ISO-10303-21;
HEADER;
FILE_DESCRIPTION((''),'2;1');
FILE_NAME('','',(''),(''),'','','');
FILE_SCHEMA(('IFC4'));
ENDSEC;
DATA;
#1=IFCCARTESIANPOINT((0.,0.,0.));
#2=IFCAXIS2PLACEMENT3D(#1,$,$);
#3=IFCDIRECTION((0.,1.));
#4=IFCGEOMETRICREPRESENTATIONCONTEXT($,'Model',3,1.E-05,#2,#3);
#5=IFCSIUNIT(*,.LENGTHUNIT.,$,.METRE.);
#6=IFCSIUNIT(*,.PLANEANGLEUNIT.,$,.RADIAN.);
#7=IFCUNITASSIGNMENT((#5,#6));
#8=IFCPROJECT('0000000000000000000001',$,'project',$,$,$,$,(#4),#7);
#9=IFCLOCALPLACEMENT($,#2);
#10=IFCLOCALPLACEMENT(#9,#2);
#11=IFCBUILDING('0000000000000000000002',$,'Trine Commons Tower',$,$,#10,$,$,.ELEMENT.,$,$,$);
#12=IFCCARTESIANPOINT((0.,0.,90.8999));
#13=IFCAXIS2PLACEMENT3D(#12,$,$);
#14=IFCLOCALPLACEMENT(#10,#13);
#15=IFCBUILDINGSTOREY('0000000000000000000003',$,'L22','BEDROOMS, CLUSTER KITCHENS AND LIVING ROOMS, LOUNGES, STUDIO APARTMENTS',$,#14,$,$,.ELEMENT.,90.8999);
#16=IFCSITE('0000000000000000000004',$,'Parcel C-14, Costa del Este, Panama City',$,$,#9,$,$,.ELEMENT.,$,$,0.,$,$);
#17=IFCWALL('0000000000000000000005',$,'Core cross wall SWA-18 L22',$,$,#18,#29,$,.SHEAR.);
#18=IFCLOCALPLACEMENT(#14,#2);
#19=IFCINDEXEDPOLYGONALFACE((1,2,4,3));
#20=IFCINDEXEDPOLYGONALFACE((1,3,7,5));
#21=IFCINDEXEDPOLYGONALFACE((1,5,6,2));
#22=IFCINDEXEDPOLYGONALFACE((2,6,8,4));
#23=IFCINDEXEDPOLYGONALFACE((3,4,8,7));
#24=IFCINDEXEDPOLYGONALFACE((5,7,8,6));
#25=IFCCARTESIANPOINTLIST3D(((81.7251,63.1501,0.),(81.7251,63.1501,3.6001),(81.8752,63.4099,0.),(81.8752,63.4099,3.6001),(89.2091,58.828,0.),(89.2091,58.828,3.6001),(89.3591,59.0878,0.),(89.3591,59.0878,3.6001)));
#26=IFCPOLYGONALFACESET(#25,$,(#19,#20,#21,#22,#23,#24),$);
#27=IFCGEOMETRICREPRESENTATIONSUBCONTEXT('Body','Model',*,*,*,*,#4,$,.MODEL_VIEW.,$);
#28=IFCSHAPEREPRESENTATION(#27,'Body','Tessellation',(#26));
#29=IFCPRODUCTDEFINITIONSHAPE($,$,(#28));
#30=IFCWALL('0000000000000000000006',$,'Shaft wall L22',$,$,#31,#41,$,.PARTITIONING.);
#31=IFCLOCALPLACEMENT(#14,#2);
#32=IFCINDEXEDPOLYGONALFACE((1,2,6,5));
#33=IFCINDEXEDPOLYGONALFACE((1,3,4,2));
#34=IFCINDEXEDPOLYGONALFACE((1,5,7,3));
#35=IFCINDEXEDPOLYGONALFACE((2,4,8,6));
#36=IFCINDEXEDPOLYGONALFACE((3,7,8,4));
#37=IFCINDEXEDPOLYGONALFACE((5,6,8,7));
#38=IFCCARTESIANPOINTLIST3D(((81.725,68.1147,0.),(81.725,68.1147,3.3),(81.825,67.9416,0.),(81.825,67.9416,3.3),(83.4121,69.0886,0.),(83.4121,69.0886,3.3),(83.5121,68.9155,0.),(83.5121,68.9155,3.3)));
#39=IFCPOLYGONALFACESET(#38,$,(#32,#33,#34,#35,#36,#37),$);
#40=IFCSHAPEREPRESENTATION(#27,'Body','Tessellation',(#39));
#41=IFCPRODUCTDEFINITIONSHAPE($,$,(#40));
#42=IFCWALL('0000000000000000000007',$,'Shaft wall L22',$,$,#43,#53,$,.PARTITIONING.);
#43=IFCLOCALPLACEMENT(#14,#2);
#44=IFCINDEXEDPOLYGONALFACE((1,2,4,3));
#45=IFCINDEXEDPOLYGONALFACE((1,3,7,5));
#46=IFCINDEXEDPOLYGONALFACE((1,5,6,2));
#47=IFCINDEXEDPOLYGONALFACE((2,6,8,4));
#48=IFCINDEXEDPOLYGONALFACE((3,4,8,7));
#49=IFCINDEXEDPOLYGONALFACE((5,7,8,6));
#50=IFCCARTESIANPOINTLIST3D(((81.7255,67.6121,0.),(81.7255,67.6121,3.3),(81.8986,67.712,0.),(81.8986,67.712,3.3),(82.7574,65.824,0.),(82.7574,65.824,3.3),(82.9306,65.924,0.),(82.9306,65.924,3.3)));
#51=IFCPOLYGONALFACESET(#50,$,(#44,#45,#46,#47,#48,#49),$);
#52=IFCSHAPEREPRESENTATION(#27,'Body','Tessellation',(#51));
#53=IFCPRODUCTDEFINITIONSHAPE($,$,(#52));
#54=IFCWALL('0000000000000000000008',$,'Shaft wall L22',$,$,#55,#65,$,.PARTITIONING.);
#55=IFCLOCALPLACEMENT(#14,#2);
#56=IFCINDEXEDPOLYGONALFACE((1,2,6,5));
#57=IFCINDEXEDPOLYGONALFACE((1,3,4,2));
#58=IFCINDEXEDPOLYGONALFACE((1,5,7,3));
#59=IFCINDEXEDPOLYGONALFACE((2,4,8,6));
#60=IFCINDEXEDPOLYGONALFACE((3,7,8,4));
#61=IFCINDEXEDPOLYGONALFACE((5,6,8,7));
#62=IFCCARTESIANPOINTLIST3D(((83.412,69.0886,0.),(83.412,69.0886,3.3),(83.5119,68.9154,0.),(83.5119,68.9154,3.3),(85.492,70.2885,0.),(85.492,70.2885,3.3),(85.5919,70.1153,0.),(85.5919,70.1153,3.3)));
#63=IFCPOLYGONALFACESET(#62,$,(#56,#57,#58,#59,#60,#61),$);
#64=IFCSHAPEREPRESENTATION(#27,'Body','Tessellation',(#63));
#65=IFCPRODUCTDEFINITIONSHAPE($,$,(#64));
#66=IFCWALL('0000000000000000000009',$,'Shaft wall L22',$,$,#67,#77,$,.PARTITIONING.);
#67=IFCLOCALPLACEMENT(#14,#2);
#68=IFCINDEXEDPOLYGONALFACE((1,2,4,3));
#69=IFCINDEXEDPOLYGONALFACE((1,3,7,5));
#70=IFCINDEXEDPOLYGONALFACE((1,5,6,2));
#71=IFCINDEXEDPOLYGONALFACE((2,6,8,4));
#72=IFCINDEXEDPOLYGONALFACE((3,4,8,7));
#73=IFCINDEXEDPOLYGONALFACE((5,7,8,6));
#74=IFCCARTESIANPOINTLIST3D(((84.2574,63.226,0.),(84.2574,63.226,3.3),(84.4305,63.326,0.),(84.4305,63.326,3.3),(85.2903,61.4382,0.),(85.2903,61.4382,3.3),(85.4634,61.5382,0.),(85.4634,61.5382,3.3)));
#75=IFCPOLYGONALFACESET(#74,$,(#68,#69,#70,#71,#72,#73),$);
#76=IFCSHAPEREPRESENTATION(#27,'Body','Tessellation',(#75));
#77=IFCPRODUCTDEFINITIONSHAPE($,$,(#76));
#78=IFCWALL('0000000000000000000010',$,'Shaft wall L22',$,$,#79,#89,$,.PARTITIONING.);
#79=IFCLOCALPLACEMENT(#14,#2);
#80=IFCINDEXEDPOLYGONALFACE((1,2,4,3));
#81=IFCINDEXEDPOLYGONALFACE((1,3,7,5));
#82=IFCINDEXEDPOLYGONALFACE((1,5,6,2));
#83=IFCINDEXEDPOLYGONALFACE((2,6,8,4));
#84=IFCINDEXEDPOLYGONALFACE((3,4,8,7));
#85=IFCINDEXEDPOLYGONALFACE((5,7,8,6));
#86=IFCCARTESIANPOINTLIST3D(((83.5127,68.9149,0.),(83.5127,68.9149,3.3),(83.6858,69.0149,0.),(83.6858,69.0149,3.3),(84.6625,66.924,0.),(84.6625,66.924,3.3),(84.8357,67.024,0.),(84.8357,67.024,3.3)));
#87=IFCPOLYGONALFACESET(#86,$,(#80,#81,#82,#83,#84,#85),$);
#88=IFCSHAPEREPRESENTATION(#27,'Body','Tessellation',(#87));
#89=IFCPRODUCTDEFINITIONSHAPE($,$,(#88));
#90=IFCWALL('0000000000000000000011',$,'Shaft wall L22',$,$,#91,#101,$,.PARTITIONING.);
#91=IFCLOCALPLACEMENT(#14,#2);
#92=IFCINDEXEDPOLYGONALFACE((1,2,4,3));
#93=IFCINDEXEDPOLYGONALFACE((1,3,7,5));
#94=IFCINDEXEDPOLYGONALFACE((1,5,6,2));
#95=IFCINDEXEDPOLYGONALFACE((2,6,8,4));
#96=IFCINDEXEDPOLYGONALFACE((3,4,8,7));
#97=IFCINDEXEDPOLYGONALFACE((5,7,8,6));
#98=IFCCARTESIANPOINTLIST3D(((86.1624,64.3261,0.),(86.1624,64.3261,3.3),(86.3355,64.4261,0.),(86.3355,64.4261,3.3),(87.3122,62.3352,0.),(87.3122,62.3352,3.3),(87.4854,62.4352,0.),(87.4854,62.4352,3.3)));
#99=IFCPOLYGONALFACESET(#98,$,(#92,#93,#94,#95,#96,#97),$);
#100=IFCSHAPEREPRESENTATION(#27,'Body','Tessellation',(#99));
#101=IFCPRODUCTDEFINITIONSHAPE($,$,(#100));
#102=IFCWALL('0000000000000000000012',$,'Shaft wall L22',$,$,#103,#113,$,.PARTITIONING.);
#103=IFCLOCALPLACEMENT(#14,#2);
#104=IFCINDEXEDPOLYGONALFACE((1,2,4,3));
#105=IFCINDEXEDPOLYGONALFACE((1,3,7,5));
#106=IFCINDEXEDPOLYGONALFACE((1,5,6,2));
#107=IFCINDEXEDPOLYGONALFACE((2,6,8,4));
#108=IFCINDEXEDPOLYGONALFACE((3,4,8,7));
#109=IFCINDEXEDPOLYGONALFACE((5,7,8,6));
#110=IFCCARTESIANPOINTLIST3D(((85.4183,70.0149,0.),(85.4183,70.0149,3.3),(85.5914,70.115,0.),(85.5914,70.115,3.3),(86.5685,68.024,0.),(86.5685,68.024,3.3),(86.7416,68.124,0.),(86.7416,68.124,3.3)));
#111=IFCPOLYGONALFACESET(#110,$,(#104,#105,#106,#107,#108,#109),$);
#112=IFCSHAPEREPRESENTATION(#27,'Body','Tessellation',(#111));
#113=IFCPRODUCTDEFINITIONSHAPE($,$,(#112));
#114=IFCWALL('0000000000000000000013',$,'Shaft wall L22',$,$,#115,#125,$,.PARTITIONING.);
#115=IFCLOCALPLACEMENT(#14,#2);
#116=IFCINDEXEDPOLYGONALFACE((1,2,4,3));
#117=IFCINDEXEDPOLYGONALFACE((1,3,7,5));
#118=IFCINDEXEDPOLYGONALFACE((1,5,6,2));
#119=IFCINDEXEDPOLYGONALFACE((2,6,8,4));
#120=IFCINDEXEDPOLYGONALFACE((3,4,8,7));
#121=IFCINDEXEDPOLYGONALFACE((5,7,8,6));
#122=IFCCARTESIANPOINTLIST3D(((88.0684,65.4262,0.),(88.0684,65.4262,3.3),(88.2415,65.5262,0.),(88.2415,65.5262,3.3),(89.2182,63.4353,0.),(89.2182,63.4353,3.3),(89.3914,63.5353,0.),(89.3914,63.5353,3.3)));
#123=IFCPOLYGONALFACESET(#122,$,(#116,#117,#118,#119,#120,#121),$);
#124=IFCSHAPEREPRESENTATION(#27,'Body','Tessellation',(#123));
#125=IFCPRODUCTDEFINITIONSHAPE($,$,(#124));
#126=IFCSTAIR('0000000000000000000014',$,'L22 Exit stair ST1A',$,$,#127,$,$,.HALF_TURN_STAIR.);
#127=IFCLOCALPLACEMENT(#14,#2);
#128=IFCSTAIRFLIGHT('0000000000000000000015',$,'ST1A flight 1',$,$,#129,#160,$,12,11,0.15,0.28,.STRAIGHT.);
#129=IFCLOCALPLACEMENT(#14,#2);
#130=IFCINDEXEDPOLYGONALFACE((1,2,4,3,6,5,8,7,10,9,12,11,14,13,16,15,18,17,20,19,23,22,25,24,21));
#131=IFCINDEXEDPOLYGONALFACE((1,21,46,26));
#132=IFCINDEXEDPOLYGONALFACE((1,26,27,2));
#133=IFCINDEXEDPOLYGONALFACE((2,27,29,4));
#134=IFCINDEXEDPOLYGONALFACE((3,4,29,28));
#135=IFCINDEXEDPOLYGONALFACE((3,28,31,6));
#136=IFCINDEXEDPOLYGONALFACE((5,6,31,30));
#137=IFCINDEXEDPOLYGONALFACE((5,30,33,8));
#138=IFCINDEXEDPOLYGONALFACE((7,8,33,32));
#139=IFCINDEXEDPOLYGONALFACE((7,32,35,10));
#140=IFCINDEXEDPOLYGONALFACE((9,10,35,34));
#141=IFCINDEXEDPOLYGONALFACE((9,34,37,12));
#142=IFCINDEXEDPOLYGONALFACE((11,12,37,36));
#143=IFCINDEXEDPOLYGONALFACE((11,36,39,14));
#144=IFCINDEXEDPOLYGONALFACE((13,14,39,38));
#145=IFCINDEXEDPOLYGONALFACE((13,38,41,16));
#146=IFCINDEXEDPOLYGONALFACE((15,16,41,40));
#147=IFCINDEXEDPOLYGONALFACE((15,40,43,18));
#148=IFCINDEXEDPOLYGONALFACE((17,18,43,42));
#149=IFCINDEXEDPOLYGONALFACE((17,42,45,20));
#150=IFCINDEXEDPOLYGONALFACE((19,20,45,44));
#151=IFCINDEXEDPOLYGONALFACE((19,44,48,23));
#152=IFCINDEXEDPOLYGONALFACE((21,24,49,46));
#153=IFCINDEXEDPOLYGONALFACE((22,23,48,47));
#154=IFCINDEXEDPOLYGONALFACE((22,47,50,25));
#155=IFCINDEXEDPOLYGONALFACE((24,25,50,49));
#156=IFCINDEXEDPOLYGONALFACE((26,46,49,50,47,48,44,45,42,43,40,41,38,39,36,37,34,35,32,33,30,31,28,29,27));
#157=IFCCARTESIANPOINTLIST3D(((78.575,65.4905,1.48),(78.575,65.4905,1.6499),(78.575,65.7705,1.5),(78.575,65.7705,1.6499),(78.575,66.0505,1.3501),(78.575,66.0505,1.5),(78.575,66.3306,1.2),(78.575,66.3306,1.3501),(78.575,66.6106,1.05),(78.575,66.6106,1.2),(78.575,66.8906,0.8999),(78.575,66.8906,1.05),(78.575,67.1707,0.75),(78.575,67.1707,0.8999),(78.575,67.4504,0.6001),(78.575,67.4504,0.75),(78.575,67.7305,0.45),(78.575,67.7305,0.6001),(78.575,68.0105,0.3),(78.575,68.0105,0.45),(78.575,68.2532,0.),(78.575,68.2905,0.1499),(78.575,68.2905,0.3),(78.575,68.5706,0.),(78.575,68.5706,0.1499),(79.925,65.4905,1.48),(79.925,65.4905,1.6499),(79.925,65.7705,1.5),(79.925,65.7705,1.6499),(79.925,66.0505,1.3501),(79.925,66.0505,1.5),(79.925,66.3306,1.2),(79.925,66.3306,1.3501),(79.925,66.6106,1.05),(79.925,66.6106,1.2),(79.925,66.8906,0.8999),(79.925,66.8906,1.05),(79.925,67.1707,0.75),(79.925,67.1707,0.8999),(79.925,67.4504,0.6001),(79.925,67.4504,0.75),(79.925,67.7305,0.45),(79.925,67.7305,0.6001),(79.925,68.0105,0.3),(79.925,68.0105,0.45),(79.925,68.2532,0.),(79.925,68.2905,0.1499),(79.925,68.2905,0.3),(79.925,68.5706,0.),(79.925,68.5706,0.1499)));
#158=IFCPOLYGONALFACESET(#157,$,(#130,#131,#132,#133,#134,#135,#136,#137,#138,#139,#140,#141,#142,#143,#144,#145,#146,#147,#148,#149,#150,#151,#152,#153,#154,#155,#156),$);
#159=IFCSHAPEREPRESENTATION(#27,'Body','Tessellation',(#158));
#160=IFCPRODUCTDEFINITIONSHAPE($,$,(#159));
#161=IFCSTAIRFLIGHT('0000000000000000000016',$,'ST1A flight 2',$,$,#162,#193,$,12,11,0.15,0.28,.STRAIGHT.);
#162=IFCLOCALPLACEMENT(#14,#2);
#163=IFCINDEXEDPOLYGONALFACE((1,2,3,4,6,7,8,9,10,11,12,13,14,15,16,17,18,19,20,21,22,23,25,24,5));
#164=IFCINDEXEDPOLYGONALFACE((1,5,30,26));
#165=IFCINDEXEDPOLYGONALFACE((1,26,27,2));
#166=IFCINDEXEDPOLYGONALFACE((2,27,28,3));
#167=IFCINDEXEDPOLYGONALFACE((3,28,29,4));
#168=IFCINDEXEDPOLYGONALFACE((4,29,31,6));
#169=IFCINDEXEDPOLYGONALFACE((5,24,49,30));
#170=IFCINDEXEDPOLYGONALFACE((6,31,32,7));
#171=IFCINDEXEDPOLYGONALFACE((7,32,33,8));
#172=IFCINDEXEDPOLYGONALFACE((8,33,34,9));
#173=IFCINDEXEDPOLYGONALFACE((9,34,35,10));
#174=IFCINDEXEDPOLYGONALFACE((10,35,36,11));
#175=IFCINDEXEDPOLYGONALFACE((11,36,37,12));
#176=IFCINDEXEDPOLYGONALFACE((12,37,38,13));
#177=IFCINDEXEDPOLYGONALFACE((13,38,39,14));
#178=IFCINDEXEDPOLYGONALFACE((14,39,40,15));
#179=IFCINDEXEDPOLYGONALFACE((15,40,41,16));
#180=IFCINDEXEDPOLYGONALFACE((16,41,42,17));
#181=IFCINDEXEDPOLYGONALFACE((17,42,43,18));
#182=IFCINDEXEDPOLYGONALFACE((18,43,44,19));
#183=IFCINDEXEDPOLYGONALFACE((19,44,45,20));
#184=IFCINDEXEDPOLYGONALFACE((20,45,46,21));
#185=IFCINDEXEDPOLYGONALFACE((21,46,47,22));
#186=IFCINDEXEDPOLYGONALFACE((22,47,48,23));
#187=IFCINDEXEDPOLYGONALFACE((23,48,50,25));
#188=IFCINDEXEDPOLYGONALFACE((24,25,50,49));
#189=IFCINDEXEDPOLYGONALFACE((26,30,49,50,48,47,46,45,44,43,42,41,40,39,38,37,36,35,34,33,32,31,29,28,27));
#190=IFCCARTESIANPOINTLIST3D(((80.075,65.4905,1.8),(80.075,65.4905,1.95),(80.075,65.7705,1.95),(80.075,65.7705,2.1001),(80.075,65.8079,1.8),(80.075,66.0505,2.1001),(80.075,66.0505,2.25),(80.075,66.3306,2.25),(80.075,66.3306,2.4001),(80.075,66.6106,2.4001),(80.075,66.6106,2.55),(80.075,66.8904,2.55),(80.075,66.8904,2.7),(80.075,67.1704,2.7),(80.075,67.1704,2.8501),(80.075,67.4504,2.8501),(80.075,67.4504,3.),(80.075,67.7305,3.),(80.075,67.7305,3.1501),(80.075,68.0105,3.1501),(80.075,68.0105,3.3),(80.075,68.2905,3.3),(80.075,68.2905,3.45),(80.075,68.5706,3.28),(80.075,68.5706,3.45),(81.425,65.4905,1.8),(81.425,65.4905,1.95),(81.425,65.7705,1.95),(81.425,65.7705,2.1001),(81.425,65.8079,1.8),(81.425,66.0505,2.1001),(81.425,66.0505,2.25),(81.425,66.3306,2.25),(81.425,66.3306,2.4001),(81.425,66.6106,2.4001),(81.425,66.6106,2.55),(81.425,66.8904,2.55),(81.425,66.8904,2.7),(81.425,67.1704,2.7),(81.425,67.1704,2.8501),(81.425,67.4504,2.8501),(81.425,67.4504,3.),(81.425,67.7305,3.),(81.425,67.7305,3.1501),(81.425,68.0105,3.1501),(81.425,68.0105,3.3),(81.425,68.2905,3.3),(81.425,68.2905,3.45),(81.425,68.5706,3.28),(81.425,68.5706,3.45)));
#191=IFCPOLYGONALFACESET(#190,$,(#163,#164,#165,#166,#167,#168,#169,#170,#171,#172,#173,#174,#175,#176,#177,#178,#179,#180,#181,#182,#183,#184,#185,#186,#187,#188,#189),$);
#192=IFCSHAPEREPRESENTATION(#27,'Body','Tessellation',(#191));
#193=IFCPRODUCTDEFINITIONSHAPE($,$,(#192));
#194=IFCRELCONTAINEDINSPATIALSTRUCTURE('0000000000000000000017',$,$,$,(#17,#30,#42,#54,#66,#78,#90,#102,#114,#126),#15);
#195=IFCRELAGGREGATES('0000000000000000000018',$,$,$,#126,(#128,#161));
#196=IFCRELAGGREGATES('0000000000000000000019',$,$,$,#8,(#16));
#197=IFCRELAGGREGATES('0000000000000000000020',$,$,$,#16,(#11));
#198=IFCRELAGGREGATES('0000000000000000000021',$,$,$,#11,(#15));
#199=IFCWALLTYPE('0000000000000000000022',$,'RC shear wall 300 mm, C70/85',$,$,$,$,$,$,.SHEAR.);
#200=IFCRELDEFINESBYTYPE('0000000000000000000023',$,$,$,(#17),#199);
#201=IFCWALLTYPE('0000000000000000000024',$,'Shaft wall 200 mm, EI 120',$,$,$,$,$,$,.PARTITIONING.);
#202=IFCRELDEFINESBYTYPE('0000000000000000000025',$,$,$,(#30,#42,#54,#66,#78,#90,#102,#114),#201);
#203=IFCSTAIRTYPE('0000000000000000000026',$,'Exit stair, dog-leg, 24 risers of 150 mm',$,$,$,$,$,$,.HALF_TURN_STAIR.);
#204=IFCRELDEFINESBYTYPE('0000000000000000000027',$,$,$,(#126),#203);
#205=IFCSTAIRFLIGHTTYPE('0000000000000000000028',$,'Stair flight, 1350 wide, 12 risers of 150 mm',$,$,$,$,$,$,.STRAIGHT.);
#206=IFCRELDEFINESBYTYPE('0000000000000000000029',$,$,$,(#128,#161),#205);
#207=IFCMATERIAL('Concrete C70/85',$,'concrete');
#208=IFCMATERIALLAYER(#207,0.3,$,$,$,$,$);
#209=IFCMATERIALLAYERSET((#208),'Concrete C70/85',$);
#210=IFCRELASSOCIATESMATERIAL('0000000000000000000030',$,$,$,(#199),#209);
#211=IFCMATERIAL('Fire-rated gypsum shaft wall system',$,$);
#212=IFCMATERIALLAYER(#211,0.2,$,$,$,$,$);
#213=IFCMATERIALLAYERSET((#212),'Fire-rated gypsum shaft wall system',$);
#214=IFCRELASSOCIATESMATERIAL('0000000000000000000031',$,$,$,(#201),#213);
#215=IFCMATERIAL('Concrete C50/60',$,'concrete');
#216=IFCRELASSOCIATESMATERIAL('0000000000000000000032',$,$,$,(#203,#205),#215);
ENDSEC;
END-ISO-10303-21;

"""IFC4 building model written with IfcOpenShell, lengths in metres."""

from ifc_helpers import new_model, si_unit, direction, frame, frame_2d, origin, place, context, subcontext, project, spatial, polyline, rectangle, outline, extrude, material, layer, layer_set, type_object, element, aggregate, save


model = new_model("IFC4")

# Units and contexts
model_context = context("Model", 3, precision=1e-05, world=origin(), true_north=direction((0.0, 1.0)))
body_context = subcontext(model_context, "Body", "Model", "MODEL_VIEW")
ifc_project = project(units=[si_unit("LENGTHUNIT", "METRE"), si_unit("PLANEANGLEUNIT", "RADIAN")], contexts=[model_context])

# Site, building, storey
site_placement = place(None, origin())
site = spatial("IfcSite", under=ifc_project, at=site_placement, Name="Parcel C-14, Costa del Este, Panama City", CompositionType="ELEMENT", RefElevation=0.0)
building_placement = place(site_placement, origin())
building = spatial("IfcBuilding", under=site, at=building_placement, Name="Trine Commons Tower", CompositionType="ELEMENT")
storey_placement = place(building_placement, frame((0.0, 0.0, 90.8999)))
storey = spatial("IfcBuildingStorey", under=building, at=storey_placement, Name="L22", Description="BEDROOMS, CLUSTER KITCHENS AND LIVING ROOMS, LOUNGES, STUDIO APARTMENTS", CompositionType="ELEMENT", Elevation=90.8999)

# Shared definitions
ifc_material_1 = material(Name="Fire-rated gypsum shaft wall system")
ifc_material_2 = material(Name="Concrete C70/85", Category="concrete")
ifc_layer_1 = layer(ifc_material_2, 0.3)
ifc_layer_set_1 = layer_set([ifc_layer_1], Name="Concrete C70/85")
wall_type_1 = type_object("IfcWallType", Name="RC shear wall 300 mm, C70/85", PredefinedType="SHEAR", material=ifc_layer_set_1)

# Walls
wall_1_placement = place(storey_placement, frame((81.8, 63.28, 0.0), z_axis=(0.0, 0.0, 1.0), x_axis=(0.865965, -0.500104, 0.0)))
element("IfcWall", 1, at=wall_1_placement, inside=storey, type_object=wall_type_1, Name="Core cross wall SWA-18 L22", PredefinedType="SHEAR", context=body_context, shape_type="SweptSolid", body=[
    extrude(rectangle(XDim=8.6423, YDim=0.3, at=frame_2d((4.3213, 0.0))), origin(), (0.0, 0.0, 1.0), 3.6001),
])
ifc_layer_2 = layer(ifc_material_1, 0.2)
ifc_layer_set_2 = layer_set([ifc_layer_2], Name="Fire-rated gypsum shaft wall system")
wall_type_2 = type_object("IfcWallType", Name="Shaft wall 200 mm, EI 120", PredefinedType="PARTITIONING", material=ifc_layer_set_2)
wall_2_placement = place(storey_placement, frame((81.7749, 68.0281, 0.0), z_axis=(0.0, 0.0, 1.0), x_axis=(0.866052, 0.499954, 0.0)))
element("IfcWall", 2, at=wall_2_placement, inside=storey, type_object=wall_type_2, Name="Shaft wall L22", PredefinedType="PARTITIONING", context=body_context, shape_type="SweptSolid", body=[
    extrude(rectangle(XDim=1.948, YDim=0.2, at=frame_2d((0.9741, 0.0))), origin(), (0.0, 0.0, 1.0), 3.3),
])
wall_3_placement = place(storey_placement, frame((82.844, 65.874, 0.0), z_axis=(0.0, 0.0, 1.0), x_axis=(-0.499866, 0.866103, 0.0)))
element("IfcWall", 3, at=wall_3_placement, inside=storey, type_object=wall_type_2, Name="Shaft wall L22", PredefinedType="PARTITIONING", context=body_context, shape_type="SweptSolid", body=[
    extrude(rectangle(XDim=2.0645, YDim=0.2, at=frame_2d((1.0322, 0.0))), origin(), (0.0, 0.0, 1.0), 3.3),
])
wall_4_placement = place(storey_placement, frame((83.4619, 69.002, 0.0), z_axis=(0.0, 0.0, 1.0), x_axis=(0.866203, 0.499693, 0.0)))
element("IfcWall", 4, at=wall_4_placement, inside=storey, type_object=wall_type_2, Name="Shaft wall L22", PredefinedType="PARTITIONING", context=body_context, shape_type="SweptSolid", body=[
    extrude(rectangle(XDim=2.4014, YDim=0.2, at=frame_2d((1.2007, 0.0))), origin(), (0.0, 0.0, 1.0), 3.3),
])
wall_5_placement = place(storey_placement, frame((84.344, 63.2759, 0.0), z_axis=(0.0, 0.0, 1.0), x_axis=(0.500272, -0.865868, 0.0)))
element("IfcWall", 5, at=wall_5_placement, inside=storey, type_object=wall_type_2, Name="Shaft wall L22", PredefinedType="PARTITIONING", context=body_context, shape_type="SweptSolid", body=[
    extrude(rectangle(XDim=2.0647, YDim=0.2, at=frame_2d((1.0322, 0.0))), origin(), (0.0, 0.0, 1.0), 3.3),
])
for number, where, z_axis, x_axis, name in (
    (6, (84.749, 66.9741, 0.0), (0.0, 0.0, 1.0), (-0.500136, 0.865947, 0.0), "Shaft wall L22"),
    (7, (86.249, 64.376, 0.0), (0.0, 0.0, 1.0), (0.500136, -0.865947, 0.0), "Shaft wall L22"),
):
    element("IfcWall", number, at=place(storey_placement, frame(where, z_axis=z_axis, x_axis=x_axis)), inside=storey, type_object=wall_type_2, Name=name, PredefinedType="PARTITIONING", context=body_context, shape_type="SweptSolid", body=[
        extrude(rectangle(XDim=2.2991, YDim=0.2, at=frame_2d((1.1494, 0.0))), origin(), (0.0, 0.0, 1.0), 3.3),
    ])
wall_6_placement = place(storey_placement, frame((86.655, 68.074, 0.0), z_axis=(0.0, 0.0, 1.0), x_axis=(-0.500216, 0.865901, 0.0)))
element("IfcWall", 8, at=wall_6_placement, inside=storey, type_object=wall_type_2, Name="Shaft wall L22", PredefinedType="PARTITIONING", context=body_context, shape_type="SweptSolid", body=[
    extrude(rectangle(XDim=2.2993, YDim=0.2, at=frame_2d((1.1497, 0.0))), origin(), (0.0, 0.0, 1.0), 3.3),
])
wall_7_placement = place(storey_placement, frame((88.155, 65.4761, 0.0), z_axis=(0.0, 0.0, 1.0), x_axis=(0.500136, -0.865947, 0.0)))
element("IfcWall", 9, at=wall_7_placement, inside=storey, type_object=wall_type_2, Name="Shaft wall L22", PredefinedType="PARTITIONING", context=body_context, shape_type="SweptSolid", body=[
    extrude(rectangle(XDim=2.2991, YDim=0.2, at=frame_2d((1.1494, 0.0))), origin(), (0.0, 0.0, 1.0), 3.3),
])

# Stair, stair flights
ifc_material_3 = material(Name="Concrete C50/60", Category="concrete")
stair_type = type_object("IfcStairType", Name="Exit stair, dog-leg, 24 risers of 150 mm", PredefinedType="HALF_TURN_STAIR", material=ifc_material_3)
stair_placement = place(storey_placement, origin())
stair = element("IfcStair", 10, at=stair_placement, inside=storey, type_object=stair_type, Name="L22 Exit stair ST1A", PredefinedType="HALF_TURN_STAIR")
stair_flight_type = type_object("IfcStairFlightType", Name="Stair flight, 1350 wide, 12 risers of 150 mm", PredefinedType="STRAIGHT", material=ifc_material_3)
stair_flight_1_placement = place(storey_placement, frame((79.25, 68.5706, 0.0), z_axis=(0.0, 0.0, 1.0), x_axis=(0.0, -1.0, 0.0)))
stair_flight_1 = element("IfcStairFlight", 11, at=stair_flight_1_placement, type_object=stair_flight_type, Name="ST1A flight 1", NumberOfRisers=12, NumberOfTreads=11, PredefinedType="STRAIGHT", RiserHeight=0.15, TreadLength=0.28, context=body_context, shape_type="SweptSolid", body=[
    extrude(outline(polyline([(0.0, 0.0), (0.0, 0.1499), (0.28, 0.1499), (0.28, 0.3), (0.5601, 0.3), (0.5601, 0.45), (0.8401, 0.45), (0.8401, 0.6001), (1.1201, 0.6001), (1.1201, 0.75), (1.3999, 0.75), (1.3999, 0.8999), (1.6799, 0.8999), (1.6799, 1.05), (1.96, 1.05), (1.96, 1.2), (2.24, 1.2), (2.24, 1.3501), (2.52, 1.3501), (2.52, 1.5), (2.8, 1.5), (2.8, 1.6499), (3.0801, 1.6499), (3.0801, 1.8), (3.0801, 1.48), (0.3174, 0.0), (0.0, 0.0)])), frame((0.0, 0.675, 0.0), z_axis=(0.0, -1.0, 0.0), x_axis=(1.0, 0.0, 0.0)), (0.0, 0.0, 1.0), 1.3501),
])
stair_flight_2_placement = place(storey_placement, frame((80.75, 65.4905, 1.8), z_axis=(0.0, 0.0, 1.0), x_axis=(0.0, 1.0, 0.0)))
stair_flight_2 = element("IfcStairFlight", 12, at=stair_flight_2_placement, type_object=stair_flight_type, Name="ST1A flight 2", NumberOfRisers=12, NumberOfTreads=11, PredefinedType="STRAIGHT", RiserHeight=0.15, TreadLength=0.28, context=body_context, shape_type="SweptSolid", body=[
    extrude(outline(polyline([(0.0, 0.0), (0.0, 0.1499), (0.28, 0.1499), (0.28, 0.3), (0.5601, 0.3), (0.5601, 0.45), (0.8401, 0.45), (0.8401, 0.6001), (1.1201, 0.6001), (1.1201, 0.75), (1.3999, 0.75), (1.3999, 0.8999), (1.6799, 0.8999), (1.6799, 1.05), (1.96, 1.05), (1.96, 1.2), (2.24, 1.2), (2.24, 1.3501), (2.52, 1.3501), (2.52, 1.5), (2.8, 1.5), (2.8, 1.6499), (3.0801, 1.6499), (3.0801, 1.8), (3.0801, 1.48), (0.3174, 0.0), (0.0, 0.0)])), frame((0.0, 0.675, 0.0), z_axis=(0.0, -1.0, 0.0), x_axis=(1.0, 0.0, 0.0)), (0.0, 0.0, 1.0), 1.3501),
])
aggregate(stair, [stair_flight_1, stair_flight_2])

save(model, "model.ifc")
